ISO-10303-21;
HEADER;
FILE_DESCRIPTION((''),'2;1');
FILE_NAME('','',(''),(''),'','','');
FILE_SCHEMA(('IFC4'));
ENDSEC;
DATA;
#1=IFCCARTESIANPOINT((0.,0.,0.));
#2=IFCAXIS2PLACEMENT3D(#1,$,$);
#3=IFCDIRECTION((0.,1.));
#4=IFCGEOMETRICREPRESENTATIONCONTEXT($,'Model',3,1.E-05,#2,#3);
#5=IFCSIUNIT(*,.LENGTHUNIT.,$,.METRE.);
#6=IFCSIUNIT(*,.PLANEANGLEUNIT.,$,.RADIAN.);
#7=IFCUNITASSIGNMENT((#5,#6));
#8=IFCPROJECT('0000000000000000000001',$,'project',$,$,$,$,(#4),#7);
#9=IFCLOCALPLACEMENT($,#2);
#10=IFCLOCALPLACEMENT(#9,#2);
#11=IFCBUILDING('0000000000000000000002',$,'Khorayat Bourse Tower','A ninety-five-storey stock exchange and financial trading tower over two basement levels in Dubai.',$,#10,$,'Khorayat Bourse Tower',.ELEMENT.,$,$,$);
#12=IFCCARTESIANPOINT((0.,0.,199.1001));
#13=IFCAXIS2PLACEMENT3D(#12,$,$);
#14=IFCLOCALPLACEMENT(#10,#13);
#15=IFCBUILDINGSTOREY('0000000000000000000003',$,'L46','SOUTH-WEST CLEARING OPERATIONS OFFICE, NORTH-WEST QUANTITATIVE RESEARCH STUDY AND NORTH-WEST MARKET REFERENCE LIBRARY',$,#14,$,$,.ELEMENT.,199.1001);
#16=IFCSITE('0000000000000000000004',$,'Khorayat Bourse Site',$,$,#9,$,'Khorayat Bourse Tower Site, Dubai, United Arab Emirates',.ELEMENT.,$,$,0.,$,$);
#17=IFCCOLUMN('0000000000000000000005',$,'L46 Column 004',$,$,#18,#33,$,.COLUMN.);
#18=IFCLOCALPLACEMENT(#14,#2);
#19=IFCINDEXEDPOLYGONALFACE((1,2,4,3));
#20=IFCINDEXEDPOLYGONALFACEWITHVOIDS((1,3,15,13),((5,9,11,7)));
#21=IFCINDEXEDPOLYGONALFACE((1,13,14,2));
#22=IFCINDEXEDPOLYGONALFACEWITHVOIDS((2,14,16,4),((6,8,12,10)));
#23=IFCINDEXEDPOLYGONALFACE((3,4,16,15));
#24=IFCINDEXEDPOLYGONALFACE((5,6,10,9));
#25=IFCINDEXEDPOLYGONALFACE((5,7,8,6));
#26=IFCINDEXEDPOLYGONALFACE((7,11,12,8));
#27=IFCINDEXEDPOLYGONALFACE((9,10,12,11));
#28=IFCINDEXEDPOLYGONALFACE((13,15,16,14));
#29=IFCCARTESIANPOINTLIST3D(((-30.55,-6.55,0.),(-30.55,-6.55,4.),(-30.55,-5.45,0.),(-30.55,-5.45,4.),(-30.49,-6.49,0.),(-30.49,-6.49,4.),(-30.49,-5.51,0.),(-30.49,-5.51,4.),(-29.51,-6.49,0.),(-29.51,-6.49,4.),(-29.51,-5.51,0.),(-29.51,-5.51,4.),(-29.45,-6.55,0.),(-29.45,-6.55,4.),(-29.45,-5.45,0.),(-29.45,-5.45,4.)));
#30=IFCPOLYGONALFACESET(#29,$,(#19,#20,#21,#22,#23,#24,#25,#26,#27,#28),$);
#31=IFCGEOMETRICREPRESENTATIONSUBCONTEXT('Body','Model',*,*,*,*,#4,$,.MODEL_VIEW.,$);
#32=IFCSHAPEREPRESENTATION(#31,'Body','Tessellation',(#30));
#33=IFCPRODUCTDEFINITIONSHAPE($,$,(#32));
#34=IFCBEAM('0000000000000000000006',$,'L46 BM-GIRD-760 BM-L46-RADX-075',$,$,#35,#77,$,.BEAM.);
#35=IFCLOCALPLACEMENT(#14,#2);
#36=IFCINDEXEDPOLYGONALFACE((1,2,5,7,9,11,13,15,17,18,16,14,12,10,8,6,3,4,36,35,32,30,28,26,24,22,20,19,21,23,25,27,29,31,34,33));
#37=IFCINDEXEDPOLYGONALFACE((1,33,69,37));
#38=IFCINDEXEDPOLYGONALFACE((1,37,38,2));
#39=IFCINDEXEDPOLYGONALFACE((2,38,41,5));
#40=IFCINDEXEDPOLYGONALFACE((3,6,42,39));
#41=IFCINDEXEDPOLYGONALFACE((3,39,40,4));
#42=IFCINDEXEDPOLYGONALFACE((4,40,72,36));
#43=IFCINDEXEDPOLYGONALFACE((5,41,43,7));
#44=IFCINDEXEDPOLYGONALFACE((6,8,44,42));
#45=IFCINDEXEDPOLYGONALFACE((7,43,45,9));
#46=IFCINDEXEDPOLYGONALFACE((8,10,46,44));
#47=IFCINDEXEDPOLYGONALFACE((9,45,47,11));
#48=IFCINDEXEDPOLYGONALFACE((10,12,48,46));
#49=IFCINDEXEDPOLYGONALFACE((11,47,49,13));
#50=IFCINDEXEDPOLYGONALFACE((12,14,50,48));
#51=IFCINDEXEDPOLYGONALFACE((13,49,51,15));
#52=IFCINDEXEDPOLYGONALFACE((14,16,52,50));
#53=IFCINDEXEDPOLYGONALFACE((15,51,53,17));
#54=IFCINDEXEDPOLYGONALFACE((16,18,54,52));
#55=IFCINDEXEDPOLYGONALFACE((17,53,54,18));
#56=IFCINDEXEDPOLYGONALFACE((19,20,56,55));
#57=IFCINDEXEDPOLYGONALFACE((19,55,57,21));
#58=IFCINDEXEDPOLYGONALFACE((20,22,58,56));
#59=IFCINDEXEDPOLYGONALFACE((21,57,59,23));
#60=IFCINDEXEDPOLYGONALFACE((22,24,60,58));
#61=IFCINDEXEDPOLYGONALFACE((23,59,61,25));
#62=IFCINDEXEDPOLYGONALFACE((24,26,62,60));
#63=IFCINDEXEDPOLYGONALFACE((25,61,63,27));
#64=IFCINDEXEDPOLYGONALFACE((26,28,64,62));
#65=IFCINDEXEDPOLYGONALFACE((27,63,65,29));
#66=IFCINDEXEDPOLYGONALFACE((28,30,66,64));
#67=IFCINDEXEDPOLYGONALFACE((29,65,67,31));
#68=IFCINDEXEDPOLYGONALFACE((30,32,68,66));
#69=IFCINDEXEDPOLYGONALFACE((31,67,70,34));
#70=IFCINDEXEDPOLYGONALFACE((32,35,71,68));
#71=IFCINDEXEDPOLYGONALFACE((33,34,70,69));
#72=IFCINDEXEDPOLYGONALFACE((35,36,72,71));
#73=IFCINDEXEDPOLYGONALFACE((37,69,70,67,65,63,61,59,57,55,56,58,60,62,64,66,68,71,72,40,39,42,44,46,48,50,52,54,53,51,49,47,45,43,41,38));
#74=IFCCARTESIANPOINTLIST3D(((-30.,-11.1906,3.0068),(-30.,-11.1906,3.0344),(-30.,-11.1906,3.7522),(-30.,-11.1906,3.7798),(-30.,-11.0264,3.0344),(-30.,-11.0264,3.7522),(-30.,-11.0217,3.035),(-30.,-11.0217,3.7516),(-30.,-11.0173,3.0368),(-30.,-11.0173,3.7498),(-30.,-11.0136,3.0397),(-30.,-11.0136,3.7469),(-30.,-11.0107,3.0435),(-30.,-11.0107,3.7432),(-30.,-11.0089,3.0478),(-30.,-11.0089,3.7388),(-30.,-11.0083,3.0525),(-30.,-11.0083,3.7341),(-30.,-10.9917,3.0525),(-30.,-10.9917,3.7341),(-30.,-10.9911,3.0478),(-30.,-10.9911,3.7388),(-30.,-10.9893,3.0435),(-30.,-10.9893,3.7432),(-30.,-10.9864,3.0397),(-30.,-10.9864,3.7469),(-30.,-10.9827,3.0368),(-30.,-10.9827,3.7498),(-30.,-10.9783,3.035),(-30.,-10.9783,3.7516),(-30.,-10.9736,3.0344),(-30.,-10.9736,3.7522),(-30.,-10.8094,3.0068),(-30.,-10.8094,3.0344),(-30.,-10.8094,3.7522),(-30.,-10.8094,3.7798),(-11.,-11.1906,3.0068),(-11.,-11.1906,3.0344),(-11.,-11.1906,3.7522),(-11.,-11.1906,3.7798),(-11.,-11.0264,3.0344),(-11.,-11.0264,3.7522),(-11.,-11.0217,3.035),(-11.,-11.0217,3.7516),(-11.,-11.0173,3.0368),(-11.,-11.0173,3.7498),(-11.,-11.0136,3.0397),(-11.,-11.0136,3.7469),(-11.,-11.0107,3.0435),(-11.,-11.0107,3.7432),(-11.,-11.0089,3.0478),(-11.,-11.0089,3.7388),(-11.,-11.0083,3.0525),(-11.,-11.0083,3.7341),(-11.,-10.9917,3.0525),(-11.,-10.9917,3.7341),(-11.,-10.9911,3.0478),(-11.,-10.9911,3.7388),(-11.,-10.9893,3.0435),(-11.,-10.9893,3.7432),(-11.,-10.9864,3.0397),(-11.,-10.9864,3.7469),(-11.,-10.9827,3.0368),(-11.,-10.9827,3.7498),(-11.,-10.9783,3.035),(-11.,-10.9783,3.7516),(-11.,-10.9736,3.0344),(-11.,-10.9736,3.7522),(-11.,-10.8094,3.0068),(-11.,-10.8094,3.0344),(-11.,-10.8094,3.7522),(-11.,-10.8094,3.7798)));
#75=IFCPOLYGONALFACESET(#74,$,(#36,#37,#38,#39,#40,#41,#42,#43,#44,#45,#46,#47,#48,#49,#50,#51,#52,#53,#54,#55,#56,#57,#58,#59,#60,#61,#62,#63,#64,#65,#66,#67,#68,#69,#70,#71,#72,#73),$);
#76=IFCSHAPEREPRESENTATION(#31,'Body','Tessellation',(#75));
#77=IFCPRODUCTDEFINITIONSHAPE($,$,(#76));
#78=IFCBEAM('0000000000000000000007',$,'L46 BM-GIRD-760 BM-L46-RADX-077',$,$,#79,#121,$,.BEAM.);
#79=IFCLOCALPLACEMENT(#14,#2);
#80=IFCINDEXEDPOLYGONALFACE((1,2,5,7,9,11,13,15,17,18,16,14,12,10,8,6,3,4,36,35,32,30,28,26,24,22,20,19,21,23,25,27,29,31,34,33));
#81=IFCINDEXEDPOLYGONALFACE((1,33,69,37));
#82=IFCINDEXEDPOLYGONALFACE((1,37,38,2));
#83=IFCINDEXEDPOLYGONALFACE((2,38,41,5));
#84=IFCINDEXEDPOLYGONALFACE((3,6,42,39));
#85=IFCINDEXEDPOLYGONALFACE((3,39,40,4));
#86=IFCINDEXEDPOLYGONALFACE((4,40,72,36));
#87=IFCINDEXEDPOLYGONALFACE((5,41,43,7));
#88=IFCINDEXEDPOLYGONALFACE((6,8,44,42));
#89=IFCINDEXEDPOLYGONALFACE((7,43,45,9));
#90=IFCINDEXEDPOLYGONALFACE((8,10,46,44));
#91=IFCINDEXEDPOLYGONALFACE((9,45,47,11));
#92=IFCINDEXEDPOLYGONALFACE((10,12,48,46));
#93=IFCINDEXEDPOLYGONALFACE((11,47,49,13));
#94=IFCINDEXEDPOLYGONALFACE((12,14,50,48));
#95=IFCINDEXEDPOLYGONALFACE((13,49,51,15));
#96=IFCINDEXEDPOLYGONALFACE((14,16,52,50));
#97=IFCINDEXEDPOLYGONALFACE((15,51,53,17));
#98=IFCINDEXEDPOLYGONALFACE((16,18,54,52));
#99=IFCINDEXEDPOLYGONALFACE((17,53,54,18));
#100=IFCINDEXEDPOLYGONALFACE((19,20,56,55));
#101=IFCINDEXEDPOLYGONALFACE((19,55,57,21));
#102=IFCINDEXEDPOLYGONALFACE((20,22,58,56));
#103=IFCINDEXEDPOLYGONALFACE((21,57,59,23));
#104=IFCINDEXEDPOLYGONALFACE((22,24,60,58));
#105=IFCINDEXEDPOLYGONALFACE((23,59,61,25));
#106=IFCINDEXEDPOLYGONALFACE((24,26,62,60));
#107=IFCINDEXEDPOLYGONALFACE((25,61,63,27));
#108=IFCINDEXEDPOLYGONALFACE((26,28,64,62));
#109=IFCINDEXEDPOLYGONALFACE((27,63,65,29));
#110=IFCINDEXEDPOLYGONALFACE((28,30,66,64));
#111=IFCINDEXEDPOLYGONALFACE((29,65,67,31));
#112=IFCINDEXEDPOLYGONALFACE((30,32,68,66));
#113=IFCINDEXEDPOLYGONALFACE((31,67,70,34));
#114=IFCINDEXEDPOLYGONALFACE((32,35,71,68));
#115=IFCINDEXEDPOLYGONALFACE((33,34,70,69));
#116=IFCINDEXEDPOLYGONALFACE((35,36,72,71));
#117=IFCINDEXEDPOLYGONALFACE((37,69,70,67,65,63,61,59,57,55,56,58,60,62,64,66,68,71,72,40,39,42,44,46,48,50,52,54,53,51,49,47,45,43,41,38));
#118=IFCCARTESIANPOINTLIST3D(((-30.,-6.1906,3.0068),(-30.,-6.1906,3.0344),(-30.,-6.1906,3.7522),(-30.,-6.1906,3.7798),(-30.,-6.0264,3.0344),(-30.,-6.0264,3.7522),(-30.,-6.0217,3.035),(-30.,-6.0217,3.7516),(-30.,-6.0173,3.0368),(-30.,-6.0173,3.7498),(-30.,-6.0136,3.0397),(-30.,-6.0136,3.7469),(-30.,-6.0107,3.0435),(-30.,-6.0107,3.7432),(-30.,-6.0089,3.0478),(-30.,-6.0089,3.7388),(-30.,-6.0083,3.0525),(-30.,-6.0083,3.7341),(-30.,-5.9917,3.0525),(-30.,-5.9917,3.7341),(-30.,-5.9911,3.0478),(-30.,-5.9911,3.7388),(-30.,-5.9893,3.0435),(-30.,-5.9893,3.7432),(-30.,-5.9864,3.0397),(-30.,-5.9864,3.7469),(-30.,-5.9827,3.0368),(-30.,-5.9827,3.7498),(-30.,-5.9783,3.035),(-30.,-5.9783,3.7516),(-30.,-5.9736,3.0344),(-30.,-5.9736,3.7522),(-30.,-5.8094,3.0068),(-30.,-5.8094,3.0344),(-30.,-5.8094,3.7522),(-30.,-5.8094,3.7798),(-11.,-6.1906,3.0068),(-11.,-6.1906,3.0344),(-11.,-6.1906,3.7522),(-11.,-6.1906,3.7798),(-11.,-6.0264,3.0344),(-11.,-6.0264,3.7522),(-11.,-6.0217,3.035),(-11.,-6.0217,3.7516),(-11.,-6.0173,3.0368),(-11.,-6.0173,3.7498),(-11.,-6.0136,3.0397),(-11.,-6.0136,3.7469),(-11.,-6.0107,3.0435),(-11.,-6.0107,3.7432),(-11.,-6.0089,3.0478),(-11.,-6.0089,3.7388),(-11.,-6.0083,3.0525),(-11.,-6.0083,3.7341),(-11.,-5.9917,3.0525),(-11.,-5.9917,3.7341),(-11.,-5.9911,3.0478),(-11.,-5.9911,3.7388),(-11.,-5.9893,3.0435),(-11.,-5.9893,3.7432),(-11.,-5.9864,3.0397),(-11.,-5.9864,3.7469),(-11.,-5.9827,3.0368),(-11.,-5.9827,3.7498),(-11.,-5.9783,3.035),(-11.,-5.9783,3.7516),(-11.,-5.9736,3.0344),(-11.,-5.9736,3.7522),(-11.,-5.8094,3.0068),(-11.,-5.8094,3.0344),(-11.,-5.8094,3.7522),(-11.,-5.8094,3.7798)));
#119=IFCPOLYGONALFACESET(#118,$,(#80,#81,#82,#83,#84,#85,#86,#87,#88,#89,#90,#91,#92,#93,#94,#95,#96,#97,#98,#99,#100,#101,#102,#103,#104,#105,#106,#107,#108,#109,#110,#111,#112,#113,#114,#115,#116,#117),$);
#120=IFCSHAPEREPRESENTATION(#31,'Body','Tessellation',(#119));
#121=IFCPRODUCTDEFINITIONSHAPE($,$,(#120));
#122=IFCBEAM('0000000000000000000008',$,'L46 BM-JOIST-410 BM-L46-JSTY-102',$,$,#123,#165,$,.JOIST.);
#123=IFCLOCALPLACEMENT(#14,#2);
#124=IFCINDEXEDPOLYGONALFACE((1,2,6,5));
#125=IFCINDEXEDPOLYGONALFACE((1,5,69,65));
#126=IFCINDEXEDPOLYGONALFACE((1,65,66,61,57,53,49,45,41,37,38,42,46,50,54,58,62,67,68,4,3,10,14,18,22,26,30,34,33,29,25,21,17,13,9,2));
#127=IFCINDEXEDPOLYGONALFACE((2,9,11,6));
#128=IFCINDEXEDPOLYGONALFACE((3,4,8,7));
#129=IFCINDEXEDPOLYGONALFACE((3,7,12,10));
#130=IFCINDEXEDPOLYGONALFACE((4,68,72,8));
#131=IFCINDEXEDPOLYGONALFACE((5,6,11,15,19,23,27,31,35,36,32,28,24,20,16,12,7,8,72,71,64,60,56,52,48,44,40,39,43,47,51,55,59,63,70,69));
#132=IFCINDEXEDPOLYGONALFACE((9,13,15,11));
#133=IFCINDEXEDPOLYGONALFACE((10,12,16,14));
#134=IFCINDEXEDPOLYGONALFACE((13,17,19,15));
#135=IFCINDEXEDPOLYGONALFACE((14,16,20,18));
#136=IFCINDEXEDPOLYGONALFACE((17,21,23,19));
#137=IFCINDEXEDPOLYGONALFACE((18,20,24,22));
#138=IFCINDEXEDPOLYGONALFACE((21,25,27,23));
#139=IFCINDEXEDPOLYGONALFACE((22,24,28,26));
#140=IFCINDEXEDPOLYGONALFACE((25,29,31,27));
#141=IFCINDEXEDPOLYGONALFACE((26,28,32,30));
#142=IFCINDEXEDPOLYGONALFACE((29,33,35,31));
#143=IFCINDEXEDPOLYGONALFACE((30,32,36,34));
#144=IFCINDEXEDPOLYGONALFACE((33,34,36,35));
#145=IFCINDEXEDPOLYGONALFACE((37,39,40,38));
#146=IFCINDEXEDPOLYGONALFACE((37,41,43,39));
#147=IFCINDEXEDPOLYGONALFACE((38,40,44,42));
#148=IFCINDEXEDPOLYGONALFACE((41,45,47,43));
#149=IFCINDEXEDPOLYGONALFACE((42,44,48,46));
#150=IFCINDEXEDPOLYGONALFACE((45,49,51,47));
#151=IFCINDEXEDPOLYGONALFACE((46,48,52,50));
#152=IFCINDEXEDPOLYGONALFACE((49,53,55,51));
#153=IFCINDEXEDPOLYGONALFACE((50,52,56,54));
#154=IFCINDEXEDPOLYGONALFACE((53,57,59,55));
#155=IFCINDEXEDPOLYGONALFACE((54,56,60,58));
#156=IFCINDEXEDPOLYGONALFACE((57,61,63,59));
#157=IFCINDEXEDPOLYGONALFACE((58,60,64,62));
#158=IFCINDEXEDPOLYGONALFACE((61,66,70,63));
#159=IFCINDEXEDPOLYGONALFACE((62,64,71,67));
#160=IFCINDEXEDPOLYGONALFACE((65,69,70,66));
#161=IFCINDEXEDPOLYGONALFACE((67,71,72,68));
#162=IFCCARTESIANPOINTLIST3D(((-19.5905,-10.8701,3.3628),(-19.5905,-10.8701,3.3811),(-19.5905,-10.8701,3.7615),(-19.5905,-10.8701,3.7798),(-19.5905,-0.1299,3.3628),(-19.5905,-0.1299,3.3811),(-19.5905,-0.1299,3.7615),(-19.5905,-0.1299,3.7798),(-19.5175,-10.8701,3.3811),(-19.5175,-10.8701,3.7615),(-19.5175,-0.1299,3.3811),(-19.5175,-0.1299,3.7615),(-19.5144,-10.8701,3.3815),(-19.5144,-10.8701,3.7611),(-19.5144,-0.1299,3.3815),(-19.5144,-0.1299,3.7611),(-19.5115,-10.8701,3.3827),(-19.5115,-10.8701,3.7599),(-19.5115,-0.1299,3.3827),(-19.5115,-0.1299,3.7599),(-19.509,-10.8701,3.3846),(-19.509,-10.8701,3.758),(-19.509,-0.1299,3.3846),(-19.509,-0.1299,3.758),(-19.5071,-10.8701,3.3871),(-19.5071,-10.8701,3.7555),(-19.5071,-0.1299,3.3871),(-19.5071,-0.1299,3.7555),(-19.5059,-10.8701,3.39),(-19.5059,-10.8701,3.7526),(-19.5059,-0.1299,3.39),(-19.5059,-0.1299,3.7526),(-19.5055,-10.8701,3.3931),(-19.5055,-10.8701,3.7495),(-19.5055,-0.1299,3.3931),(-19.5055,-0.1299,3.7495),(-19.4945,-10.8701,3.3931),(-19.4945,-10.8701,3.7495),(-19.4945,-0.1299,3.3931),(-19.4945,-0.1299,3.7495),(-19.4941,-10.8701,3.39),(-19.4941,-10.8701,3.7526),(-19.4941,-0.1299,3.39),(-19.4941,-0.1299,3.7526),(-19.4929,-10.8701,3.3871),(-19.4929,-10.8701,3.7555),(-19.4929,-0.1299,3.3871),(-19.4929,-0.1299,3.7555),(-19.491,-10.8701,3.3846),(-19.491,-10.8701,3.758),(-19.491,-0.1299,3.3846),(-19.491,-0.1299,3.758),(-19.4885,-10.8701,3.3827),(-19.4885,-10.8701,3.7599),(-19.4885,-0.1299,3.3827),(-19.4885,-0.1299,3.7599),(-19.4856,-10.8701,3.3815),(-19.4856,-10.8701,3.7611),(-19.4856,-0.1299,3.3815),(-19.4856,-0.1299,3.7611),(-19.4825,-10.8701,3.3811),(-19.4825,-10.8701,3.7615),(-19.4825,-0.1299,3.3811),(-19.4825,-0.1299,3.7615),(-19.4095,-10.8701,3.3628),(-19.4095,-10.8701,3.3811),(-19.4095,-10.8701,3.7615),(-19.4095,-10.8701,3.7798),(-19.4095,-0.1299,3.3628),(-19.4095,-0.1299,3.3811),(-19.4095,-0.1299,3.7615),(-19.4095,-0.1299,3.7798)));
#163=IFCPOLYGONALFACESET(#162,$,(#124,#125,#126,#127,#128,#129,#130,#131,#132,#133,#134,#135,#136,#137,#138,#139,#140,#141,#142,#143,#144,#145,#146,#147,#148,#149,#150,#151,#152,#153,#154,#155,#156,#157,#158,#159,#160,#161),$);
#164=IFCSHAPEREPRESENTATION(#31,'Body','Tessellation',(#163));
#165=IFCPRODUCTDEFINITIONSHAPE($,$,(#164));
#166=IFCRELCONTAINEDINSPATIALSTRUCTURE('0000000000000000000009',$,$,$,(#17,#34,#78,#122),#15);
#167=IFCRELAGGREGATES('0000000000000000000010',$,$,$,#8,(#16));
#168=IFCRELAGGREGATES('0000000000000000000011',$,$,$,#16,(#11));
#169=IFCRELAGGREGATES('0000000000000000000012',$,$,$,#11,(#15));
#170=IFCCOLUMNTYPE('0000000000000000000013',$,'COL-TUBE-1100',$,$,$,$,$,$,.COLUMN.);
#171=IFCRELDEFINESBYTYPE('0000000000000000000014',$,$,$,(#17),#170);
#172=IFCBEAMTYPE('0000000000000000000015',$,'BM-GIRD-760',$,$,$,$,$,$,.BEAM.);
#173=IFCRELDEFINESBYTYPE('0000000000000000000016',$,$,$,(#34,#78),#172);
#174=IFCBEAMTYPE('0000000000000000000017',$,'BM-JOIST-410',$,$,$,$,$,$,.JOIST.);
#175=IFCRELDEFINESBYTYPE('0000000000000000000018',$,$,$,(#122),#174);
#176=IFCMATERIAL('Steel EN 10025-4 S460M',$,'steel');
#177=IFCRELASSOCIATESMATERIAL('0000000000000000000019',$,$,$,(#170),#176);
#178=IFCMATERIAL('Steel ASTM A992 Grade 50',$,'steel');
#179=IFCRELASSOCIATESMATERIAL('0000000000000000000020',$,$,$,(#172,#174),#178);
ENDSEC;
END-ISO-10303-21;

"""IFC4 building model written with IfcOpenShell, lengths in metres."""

from ifc_helpers import new_model, si_unit, direction, frame, origin, origin_2d, place, context, subcontext, project, spatial, hollow_rectangle, i_section, extrude, source, transform, mapped, material, material_profile, profile_set, type_object, element, save


model = new_model("IFC4")

# Units and contexts
model_context = context("Model", 3, precision=1e-05, world=origin(), true_north=direction((0.0, 1.0)))
body_context = subcontext(model_context, "Body", "Model", "MODEL_VIEW")
ifc_project = project(units=[si_unit("LENGTHUNIT", "METRE"), si_unit("PLANEANGLEUNIT", "RADIAN")], contexts=[model_context])

# Site, building, storey
site_placement = place(None, origin())
site = spatial("IfcSite", under=ifc_project, at=site_placement, Name="Khorayat Bourse Site", LongName="Khorayat Bourse Tower Site, Dubai, United Arab Emirates", CompositionType="ELEMENT", RefElevation=0.0)
building_placement = place(site_placement, origin())
building = spatial("IfcBuilding", under=site, at=building_placement, Name="Khorayat Bourse Tower", Description="A ninety-five-storey stock exchange and financial trading tower over two basement levels in Dubai.", LongName="Khorayat Bourse Tower", CompositionType="ELEMENT")
storey_placement = place(building_placement, frame((0.0, 0.0, 199.1001)))
storey = spatial("IfcBuildingStorey", under=building, at=storey_placement, Name="L46", Description="SOUTH-WEST CLEARING OPERATIONS OFFICE, NORTH-WEST QUANTITATIVE RESEARCH STUDY AND NORTH-WEST MARKET REFERENCE LIBRARY", CompositionType="ELEMENT", Elevation=199.1001)

# Column
ifc_material_1 = material(Name="Steel EN 10025-4 S460M", Category="steel")
ifc_material_profile_1 = material_profile(ifc_material_1, hollow_rectangle(XDim=1.1001, YDim=1.1001, WallThickness=0.0601, at=origin_2d()), Name="BOX 1100x1100x60")
ifc_profile_set_1 = profile_set([ifc_material_profile_1], Name="Steel EN 10025-4 S460M")
column_type = type_object("IfcColumnType", Name="COL-TUBE-1100", PredefinedType="COLUMN", material=ifc_profile_set_1)
shared_shape_1 = source(origin(), body_context, "Body", "SweptSolid", [
    extrude(hollow_rectangle(XDim=1.1001, YDim=1.1001, WallThickness=0.0601, at=origin_2d()), origin(), (0.0, 0.0, 1.0), 4.0),
])
column_placement = place(storey_placement, frame((-30.0, -6.0, 0.0), z_axis=(0.0, 0.0, 1.0), x_axis=(1.0, 0.0, 0.0)))
element("IfcColumn", 1, at=column_placement, inside=storey, type_object=column_type, Name="L46 Column 004", PredefinedType="COLUMN", context=body_context, shape_type="MappedRepresentation", body=[
    mapped(shared_shape_1, transform((0.0, 0.0, 0.0), scale=1.0)),
])

# Beams
ifc_material_2 = material(Name="Steel ASTM A992 Grade 50", Category="steel")
ifc_material_profile_2 = material_profile(ifc_material_2, i_section(OverallWidth=0.3811, OverallDepth=0.7729, WebThickness=0.0166, FlangeThickness=0.0276, FilletRadius=0.0181, at=origin_2d()), Name="W760X257")
ifc_profile_set_2 = profile_set([ifc_material_profile_2], Name="Steel ASTM A992 Grade 50")
beam_type_1 = type_object("IfcBeamType", Name="BM-GIRD-760", PredefinedType="BEAM", material=ifc_profile_set_2)
shared_shape_2 = source(origin(), body_context, "Body", "SweptSolid", [
    extrude(i_section(OverallWidth=0.3811, OverallDepth=0.7729, WebThickness=0.0166, FlangeThickness=0.0276, FilletRadius=0.0181, at=origin_2d()), origin(), (0.0, 0.0, 1.0), 19.0),
])
for number, where, z_axis, x_axis, name in (
    (2, (-30.0, -11.0, 3.3933), (1.0, 0.0, 0.0), (0.0, 1.0, 0.0), "L46 BM-GIRD-760 BM-L46-RADX-075"),
    (3, (-30.0, -6.0, 3.3933), (1.0, 0.0, 0.0), (0.0, 1.0, 0.0), "L46 BM-GIRD-760 BM-L46-RADX-077"),
):
    element("IfcBeam", number, at=place(storey_placement, frame(where, z_axis=z_axis, x_axis=x_axis)), inside=storey, type_object=beam_type_1, Name=name, PredefinedType="BEAM", context=body_context, shape_type="MappedRepresentation", body=[
        mapped(shared_shape_2, transform((0.0, 0.0, 0.0), scale=1.0)),
    ])
ifc_material_profile_3 = material_profile(ifc_material_2, i_section(OverallWidth=0.1809, OverallDepth=0.417, WebThickness=0.011, FlangeThickness=0.0183, FilletRadius=0.012, at=origin_2d()), Name="W410X85")
ifc_profile_set_3 = profile_set([ifc_material_profile_3], Name="Steel ASTM A992 Grade 50")
beam_type_2 = type_object("IfcBeamType", Name="BM-JOIST-410", PredefinedType="JOIST", material=ifc_profile_set_3)
shared_shape_3 = source(origin(), body_context, "Body", "SweptSolid", [
    extrude(i_section(OverallWidth=0.1809, OverallDepth=0.417, WebThickness=0.011, FlangeThickness=0.0183, FilletRadius=0.012, at=origin_2d()), origin(), (0.0, 0.0, 1.0), 10.7402),
])
beam_1_placement = place(storey_placement, frame((-19.5, -10.8701, 3.5713), z_axis=(0.0, 1.0, 0.0), x_axis=(-1.0, 0.0, 0.0)))
element("IfcBeam", 4, at=beam_1_placement, inside=storey, type_object=beam_type_2, Name="L46 BM-JOIST-410 BM-L46-JSTY-102", PredefinedType="JOIST", context=body_context, shape_type="MappedRepresentation", body=[
    mapped(shared_shape_3, transform((0.0, 0.0, 0.0), scale=1.0)),
])

save(model, "model.ifc")
